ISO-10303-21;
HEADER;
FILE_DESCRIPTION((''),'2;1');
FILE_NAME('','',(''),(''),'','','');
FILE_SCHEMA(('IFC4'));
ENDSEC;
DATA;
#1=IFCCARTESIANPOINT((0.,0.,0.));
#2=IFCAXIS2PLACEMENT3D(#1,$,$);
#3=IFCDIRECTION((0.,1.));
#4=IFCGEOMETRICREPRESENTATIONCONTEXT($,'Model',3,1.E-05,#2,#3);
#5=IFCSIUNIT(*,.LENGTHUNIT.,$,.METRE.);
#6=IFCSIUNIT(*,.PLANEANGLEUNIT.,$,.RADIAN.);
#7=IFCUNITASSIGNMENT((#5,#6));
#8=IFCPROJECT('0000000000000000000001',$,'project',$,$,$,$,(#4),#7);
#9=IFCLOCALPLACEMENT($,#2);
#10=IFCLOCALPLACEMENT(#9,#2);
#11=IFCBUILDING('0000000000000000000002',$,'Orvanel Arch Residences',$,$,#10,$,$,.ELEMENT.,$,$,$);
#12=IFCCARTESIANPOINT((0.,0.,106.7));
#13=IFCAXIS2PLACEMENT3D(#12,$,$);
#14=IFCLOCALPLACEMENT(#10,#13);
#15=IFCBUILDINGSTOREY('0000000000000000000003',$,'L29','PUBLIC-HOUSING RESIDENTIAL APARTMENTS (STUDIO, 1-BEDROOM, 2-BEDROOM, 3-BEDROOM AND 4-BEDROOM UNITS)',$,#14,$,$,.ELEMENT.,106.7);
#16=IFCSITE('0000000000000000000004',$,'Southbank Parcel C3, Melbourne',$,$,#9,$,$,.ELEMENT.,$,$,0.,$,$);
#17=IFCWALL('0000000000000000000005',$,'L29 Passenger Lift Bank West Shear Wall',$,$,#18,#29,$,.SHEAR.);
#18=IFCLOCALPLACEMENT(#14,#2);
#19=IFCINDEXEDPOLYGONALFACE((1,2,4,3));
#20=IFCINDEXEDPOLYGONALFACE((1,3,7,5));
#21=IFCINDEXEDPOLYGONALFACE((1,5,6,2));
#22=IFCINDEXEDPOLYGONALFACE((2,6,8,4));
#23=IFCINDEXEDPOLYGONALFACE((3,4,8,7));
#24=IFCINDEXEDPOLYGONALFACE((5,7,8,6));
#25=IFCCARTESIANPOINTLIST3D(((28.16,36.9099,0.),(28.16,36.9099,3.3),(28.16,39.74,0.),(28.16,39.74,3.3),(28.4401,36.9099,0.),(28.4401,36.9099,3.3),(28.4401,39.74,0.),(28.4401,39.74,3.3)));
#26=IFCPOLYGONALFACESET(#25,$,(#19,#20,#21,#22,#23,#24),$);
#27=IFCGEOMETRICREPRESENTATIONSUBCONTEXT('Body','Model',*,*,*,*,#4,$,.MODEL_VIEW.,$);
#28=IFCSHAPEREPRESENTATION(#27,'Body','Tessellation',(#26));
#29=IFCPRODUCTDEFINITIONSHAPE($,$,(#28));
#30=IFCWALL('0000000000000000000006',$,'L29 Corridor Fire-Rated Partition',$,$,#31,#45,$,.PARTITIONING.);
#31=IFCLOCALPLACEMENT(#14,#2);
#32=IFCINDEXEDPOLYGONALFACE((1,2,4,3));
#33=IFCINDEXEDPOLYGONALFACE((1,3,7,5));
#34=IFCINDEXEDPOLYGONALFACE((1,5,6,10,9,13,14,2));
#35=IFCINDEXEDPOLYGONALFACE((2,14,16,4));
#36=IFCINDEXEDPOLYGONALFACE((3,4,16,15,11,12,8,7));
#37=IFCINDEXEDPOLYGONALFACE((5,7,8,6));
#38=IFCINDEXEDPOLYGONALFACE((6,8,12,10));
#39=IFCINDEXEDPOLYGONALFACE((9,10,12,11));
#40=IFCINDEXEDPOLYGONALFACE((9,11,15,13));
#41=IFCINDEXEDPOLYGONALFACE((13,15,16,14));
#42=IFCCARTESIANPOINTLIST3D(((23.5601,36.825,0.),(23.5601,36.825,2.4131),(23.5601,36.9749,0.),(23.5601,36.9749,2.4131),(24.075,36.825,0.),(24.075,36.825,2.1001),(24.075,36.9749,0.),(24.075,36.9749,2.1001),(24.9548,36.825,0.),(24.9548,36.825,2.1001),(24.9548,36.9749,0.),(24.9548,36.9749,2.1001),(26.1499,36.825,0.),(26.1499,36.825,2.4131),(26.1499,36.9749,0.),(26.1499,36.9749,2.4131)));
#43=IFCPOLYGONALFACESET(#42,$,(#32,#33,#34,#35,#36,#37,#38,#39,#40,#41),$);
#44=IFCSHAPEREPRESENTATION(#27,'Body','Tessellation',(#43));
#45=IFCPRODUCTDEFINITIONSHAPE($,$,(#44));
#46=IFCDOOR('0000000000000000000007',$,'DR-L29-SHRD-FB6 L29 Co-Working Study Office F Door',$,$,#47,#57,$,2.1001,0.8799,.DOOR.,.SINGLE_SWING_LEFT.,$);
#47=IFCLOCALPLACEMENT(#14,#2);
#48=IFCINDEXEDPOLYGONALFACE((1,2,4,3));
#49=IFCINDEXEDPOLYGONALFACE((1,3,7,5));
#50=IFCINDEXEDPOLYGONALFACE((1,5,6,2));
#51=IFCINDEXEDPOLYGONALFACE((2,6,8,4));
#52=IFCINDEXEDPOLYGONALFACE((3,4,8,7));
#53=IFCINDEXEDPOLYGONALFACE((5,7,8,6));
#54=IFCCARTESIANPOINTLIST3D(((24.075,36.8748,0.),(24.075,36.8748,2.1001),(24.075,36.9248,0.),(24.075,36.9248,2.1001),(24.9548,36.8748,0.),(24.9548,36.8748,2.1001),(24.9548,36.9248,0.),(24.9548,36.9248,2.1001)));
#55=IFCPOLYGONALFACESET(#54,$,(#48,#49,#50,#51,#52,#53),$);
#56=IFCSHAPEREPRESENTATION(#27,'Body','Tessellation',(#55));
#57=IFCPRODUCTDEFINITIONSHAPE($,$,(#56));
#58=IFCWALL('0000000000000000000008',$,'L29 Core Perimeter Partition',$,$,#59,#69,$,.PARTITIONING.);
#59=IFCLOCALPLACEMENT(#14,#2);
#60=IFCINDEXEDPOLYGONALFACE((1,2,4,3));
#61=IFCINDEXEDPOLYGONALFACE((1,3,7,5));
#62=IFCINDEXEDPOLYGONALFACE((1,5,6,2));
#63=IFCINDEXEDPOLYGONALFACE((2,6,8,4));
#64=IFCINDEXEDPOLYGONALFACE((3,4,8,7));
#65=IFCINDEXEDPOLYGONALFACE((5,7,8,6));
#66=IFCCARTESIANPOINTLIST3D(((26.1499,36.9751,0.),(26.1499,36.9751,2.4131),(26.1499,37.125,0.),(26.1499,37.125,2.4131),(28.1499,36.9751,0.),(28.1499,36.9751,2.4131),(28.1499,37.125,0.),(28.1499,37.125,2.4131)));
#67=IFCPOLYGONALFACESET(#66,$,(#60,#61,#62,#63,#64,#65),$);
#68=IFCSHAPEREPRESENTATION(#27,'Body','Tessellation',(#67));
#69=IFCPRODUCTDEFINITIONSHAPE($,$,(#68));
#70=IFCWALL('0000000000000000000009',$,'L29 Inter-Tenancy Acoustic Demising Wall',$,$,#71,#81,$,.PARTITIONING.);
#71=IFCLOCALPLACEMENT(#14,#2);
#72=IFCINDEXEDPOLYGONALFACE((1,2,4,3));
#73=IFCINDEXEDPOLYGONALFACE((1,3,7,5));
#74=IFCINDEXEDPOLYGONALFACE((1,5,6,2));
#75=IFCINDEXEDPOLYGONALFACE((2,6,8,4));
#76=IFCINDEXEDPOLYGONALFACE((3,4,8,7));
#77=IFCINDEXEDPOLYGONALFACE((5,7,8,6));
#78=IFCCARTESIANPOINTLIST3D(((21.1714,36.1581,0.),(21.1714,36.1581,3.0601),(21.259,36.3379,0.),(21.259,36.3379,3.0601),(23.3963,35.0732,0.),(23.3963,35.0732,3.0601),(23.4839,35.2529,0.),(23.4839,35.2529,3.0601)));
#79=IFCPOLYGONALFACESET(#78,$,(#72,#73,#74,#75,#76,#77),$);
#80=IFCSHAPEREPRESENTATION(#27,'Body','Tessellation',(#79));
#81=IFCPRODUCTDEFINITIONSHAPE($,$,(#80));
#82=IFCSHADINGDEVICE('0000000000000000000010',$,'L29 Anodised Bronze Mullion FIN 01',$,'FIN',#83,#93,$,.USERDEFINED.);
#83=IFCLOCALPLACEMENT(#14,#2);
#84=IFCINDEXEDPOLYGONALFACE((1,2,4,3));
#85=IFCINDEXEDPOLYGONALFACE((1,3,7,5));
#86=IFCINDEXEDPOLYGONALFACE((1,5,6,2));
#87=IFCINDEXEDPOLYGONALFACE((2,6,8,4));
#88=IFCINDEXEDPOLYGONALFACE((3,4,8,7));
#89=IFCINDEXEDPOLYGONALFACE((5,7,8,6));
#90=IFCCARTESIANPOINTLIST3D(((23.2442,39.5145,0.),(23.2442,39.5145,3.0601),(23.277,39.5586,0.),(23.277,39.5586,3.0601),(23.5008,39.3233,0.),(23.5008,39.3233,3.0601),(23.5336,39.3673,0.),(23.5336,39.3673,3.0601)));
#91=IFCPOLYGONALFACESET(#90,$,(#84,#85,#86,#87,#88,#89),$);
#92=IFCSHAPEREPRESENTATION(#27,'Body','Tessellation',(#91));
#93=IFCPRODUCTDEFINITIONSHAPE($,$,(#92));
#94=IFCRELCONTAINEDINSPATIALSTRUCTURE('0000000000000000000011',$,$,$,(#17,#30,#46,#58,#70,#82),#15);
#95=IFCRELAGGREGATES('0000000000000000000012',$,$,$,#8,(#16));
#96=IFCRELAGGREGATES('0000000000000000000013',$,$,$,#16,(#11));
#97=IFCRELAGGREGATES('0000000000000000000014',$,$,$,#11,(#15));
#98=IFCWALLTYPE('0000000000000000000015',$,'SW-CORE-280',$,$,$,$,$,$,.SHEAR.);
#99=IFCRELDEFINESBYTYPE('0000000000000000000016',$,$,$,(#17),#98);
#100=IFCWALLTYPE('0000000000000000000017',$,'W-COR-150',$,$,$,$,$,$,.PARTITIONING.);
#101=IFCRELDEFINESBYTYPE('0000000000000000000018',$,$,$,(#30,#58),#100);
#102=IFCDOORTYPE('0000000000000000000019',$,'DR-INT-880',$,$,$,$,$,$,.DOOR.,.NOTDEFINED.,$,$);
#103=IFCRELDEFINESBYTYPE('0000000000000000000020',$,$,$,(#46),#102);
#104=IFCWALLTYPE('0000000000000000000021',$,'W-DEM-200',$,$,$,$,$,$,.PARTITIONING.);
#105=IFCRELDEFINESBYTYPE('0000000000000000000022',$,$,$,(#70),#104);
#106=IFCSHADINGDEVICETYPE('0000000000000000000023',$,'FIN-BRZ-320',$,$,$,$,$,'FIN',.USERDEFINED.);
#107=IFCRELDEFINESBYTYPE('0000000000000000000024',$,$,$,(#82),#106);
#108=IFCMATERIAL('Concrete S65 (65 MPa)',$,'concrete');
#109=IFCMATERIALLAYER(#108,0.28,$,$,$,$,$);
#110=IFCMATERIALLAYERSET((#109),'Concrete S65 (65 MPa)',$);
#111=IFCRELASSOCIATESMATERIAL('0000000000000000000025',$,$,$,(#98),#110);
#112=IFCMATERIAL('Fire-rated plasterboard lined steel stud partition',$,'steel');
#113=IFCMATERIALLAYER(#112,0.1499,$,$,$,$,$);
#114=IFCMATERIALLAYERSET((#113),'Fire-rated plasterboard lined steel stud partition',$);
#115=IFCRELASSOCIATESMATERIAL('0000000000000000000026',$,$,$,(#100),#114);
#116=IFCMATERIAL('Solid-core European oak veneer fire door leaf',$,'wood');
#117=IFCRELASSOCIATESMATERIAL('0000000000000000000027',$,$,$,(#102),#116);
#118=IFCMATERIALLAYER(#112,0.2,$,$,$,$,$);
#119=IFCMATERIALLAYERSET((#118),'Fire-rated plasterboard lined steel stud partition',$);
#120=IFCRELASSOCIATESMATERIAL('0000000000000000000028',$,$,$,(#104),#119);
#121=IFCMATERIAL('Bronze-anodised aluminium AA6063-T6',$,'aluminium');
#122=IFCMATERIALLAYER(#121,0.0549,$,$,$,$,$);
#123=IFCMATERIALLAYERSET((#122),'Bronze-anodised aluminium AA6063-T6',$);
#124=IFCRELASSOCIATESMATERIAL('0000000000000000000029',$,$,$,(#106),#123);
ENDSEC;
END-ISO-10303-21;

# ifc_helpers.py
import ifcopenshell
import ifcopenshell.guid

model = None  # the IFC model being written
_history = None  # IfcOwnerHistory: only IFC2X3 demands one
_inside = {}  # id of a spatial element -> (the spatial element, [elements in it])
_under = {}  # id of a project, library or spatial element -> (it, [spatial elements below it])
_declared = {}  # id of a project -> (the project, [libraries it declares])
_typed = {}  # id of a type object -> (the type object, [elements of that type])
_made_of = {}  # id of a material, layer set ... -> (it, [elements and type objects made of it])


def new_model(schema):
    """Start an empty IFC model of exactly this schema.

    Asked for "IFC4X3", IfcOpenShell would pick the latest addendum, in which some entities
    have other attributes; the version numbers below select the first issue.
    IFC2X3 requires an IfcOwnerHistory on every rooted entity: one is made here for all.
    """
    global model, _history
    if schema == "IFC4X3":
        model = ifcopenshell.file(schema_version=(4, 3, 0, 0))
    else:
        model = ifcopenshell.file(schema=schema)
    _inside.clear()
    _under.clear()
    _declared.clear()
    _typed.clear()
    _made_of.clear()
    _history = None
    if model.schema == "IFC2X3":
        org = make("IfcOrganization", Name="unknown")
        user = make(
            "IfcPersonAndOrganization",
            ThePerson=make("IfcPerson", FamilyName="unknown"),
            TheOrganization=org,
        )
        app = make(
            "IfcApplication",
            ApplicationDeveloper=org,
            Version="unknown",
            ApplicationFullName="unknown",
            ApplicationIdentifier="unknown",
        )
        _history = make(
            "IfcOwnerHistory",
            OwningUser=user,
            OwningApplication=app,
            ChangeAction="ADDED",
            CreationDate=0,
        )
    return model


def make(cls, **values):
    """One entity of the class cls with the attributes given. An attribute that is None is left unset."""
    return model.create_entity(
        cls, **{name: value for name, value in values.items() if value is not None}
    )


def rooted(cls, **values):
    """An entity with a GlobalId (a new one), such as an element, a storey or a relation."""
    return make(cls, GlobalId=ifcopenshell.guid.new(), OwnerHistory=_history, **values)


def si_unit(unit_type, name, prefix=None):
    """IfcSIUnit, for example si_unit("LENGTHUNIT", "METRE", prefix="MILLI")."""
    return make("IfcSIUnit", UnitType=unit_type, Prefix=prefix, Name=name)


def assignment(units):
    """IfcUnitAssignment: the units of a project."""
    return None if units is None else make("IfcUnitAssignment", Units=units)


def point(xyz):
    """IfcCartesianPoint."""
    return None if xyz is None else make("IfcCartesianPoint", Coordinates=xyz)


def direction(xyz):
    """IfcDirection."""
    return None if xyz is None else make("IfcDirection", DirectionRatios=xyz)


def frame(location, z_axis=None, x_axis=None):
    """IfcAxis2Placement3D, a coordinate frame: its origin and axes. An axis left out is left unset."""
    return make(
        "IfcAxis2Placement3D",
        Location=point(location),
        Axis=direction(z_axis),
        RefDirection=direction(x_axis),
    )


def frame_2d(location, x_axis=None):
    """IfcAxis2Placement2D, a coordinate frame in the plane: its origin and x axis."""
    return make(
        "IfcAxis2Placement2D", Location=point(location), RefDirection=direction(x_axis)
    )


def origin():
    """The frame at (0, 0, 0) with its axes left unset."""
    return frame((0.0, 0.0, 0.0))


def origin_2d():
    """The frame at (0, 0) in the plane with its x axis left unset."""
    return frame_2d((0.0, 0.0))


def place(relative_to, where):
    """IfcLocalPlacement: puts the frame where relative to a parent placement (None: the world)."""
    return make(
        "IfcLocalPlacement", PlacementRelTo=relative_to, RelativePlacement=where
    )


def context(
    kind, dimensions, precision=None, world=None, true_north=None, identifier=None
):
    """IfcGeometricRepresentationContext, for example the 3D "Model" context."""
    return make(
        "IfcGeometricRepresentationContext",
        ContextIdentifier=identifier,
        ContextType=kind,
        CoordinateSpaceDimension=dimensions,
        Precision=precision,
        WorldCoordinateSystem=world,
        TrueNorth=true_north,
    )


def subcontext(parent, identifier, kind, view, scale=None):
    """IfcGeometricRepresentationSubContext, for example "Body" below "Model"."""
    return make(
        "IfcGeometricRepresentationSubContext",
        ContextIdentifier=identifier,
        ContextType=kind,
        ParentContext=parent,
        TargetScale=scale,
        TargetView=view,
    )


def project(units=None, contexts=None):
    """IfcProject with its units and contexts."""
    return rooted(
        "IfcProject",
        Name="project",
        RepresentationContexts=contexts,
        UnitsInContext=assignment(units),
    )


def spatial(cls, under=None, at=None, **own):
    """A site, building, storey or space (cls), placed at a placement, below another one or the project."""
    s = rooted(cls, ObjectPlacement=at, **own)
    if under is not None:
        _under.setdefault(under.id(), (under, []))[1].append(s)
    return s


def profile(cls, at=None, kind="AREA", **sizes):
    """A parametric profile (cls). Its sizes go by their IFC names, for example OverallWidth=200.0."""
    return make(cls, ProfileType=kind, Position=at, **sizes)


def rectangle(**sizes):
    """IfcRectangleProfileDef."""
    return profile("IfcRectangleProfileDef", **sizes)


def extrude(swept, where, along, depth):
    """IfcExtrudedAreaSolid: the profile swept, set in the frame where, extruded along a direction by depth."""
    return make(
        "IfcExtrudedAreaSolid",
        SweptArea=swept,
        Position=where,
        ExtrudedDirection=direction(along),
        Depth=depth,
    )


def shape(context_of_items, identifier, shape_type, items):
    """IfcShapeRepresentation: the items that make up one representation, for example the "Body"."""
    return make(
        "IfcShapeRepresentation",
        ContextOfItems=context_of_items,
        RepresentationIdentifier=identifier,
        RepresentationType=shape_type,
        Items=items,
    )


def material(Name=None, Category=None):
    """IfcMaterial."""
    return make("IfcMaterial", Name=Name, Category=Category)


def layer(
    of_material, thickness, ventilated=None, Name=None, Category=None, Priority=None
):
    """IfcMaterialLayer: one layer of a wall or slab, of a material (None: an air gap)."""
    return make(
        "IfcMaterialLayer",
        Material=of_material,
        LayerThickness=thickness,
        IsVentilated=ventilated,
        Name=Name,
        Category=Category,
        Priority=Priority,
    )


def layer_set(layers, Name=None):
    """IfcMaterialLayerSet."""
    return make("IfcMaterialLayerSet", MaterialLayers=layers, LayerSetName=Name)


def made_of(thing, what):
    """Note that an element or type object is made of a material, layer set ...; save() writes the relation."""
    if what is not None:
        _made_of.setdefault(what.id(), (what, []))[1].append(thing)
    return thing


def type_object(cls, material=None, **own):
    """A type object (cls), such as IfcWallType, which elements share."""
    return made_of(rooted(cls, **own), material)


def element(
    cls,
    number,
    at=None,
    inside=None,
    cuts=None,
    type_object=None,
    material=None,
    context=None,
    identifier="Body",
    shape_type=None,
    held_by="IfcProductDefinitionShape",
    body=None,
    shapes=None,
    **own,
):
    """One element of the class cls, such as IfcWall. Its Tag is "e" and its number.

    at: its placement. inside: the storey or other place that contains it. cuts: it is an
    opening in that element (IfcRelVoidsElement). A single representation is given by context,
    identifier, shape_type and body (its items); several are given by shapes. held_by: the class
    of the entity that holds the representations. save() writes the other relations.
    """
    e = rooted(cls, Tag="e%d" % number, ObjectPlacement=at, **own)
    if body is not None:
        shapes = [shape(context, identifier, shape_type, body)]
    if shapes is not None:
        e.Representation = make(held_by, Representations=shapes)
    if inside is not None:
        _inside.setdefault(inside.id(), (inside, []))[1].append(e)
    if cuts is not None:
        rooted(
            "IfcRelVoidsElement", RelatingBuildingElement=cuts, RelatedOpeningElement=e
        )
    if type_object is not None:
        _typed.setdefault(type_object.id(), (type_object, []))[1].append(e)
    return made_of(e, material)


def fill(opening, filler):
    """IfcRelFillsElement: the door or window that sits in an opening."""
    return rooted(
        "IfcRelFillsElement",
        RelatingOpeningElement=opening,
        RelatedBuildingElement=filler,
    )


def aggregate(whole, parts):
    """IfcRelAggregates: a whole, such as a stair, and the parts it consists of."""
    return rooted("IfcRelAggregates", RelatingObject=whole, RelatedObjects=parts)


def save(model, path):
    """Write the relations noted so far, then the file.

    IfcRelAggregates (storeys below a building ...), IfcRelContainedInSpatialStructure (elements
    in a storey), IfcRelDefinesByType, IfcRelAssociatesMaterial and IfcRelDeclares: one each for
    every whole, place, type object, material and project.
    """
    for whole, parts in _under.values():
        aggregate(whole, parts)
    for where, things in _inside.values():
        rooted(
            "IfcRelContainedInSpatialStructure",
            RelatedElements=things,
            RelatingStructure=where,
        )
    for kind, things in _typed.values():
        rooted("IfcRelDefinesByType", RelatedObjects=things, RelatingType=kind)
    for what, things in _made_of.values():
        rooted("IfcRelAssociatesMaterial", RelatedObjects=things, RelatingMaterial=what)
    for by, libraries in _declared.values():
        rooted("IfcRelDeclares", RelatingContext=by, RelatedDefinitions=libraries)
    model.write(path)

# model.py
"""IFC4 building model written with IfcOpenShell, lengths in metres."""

from ifc_helpers import new_model, si_unit, direction, frame, frame_2d, origin, origin_2d, place, context, subcontext, project, spatial, rectangle, extrude, material, layer, layer_set, type_object, element, fill, save


model = new_model("IFC4")

# Units and contexts
model_context = context("Model", 3, precision=1e-05, world=origin(), true_north=direction((0.0, 1.0)))
body_context = subcontext(model_context, "Body", "Model", "MODEL_VIEW")
ifc_project = project(units=[si_unit("LENGTHUNIT", "METRE"), si_unit("PLANEANGLEUNIT", "RADIAN")], contexts=[model_context])

# Site, building, storey
site_placement = place(None, origin())
site = spatial("IfcSite", under=ifc_project, at=site_placement, Name="Southbank Parcel C3, Melbourne", CompositionType="ELEMENT", RefElevation=0.0)
building_placement = place(site_placement, origin())
building = spatial("IfcBuilding", under=site, at=building_placement, Name="Orvanel Arch Residences", CompositionType="ELEMENT")
storey_placement = place(building_placement, frame((0.0, 0.0, 106.7)))
storey = spatial("IfcBuildingStorey", under=building, at=storey_placement, Name="L29", Description="PUBLIC-HOUSING RESIDENTIAL APARTMENTS (STUDIO, 1-BEDROOM, 2-BEDROOM, 3-BEDROOM AND 4-BEDROOM UNITS)", CompositionType="ELEMENT", Elevation=106.7)

# Shared definitions
ifc_material_1 = material(Name="Concrete S65 (65 MPa)", Category="concrete")

# Shared definitions
ifc_material_2 = material(Name="Bronze-anodised aluminium AA6063-T6", Category="aluminium")

# Shared definitions
ifc_layer_1 = layer(ifc_material_1, 0.28)
ifc_layer_set_1 = layer_set([ifc_layer_1], Name="Concrete S65 (65 MPa)")
wall_type_1 = type_object("IfcWallType", Name="SW-CORE-280", PredefinedType="SHEAR", material=ifc_layer_set_1)

# Wall
wall_1_placement = place(storey_placement, frame((28.3, 36.9099, 0.0), z_axis=(0.0, 0.0, 1.0), x_axis=(0.0, 1.0, 0.0)))
element("IfcWall", 1, at=wall_1_placement, inside=storey, type_object=wall_type_1, Name="L29 Passenger Lift Bank West Shear Wall", PredefinedType="SHEAR", context=body_context, shape_type="SweptSolid", body=[
    extrude(rectangle(XDim=2.8301, YDim=0.28, at=frame_2d((1.415, 0.0))), origin(), (0.0, 0.0, 1.0), 3.3),
])

# Wall, opening, door
ifc_material_3 = material(Name="Fire-rated plasterboard lined steel stud partition", Category="steel")
ifc_layer_2 = layer(ifc_material_3, 0.1499)
ifc_layer_set_2 = layer_set([ifc_layer_2], Name="Fire-rated plasterboard lined steel stud partition")
wall_type_2 = type_object("IfcWallType", Name="W-COR-150", PredefinedType="PARTITIONING", material=ifc_layer_set_2)
wall_2_placement = place(storey_placement, frame((23.5601, 36.8999, 0.0), z_axis=(0.0, 0.0, 1.0), x_axis=(1.0, 0.0, 0.0)))
wall_2 = element("IfcWall", 2, at=wall_2_placement, inside=storey, type_object=wall_type_2, Name="L29 Corridor Fire-Rated Partition", PredefinedType="PARTITIONING", context=body_context, shape_type="SweptSolid", body=[
    extrude(rectangle(XDim=2.5898, YDim=0.1499, at=frame_2d((1.2949, 0.0))), origin(), (0.0, 0.0, 1.0), 2.4131),
])
opening_1_placement = place(wall_2_placement, frame((0.5149, 0.0, 0.0)))
opening_1 = element("IfcOpeningElement", 3, at=opening_1_placement, cuts=wall_2, PredefinedType="OPENING", context=body_context, shape_type="SweptSolid", body=[
    extrude(rectangle(XDim=0.8799, YDim=2.1001, at=frame_2d((0.4399, 1.05))), frame((0.0, 0.085, 0.0), z_axis=(0.0, -1.0, 0.0), x_axis=(1.0, 0.0, 0.0)), (0.0, 0.0, 1.0), 0.1699),
])
ifc_material_4 = material(Name="Solid-core European oak veneer fire door leaf", Category="wood")
door_type_1 = type_object("IfcDoorType", Name="DR-INT-880", OperationType="NOTDEFINED", PredefinedType="DOOR", material=ifc_material_4)
door_1_placement = place(opening_1_placement, origin())
door_1 = element("IfcDoor", 4, at=door_1_placement, inside=storey, type_object=door_type_1, Name="DR-L29-SHRD-FB6 L29 Co-Working Study Office F Door", OperationType="SINGLE_SWING_LEFT", OverallHeight=2.1001, OverallWidth=0.8799, PredefinedType="DOOR", context=body_context, shape_type="SweptSolid", body=[
    extrude(rectangle(XDim=0.8799, YDim=2.1001, at=frame_2d((0.4399, 1.05))), frame((0.0, 0.0249, 0.0), z_axis=(0.0, -1.0, 0.0), x_axis=(1.0, 0.0, 0.0)), (0.0, 0.0, 1.0), 0.05),
])
fill(opening_1, door_1)

# Walls
wall_3_placement = place(storey_placement, frame((26.1499, 37.05, 0.0), z_axis=(0.0, 0.0, 1.0), x_axis=(1.0, 0.0, 0.0)))
element("IfcWall", 5, at=wall_3_placement, inside=storey, type_object=wall_type_2, Name="L29 Core Perimeter Partition", PredefinedType="PARTITIONING", context=body_context, shape_type="SweptSolid", body=[
    extrude(rectangle(XDim=2.0, YDim=0.1499, at=frame_2d((1.0, 0.0))), origin(), (0.0, 0.0, 1.0), 2.4131),
])
ifc_layer_3 = layer(ifc_material_3, 0.2)
ifc_layer_set_3 = layer_set([ifc_layer_3], Name="Fire-rated plasterboard lined steel stud partition")
wall_type_3 = type_object("IfcWallType", Name="W-DEM-200", PredefinedType="PARTITIONING", material=ifc_layer_set_3)
wall_4_placement = place(storey_placement, frame((21.2151, 36.248, 0.0), z_axis=(0.0, 0.0, 1.0), x_axis=(0.898822, -0.438315, 0.0)))
element("IfcWall", 6, at=wall_4_placement, inside=storey, type_object=wall_type_3, Name="L29 Inter-Tenancy Acoustic Demising Wall", PredefinedType="PARTITIONING", context=body_context, shape_type="SweptSolid", body=[
    extrude(rectangle(XDim=2.4753, YDim=0.2, at=frame_2d((1.2378, 0.0))), origin(), (0.0, 0.0, 1.0), 3.0601),
])

# Shading device
ifc_layer_4 = layer(ifc_material_2, 0.0549)
ifc_layer_set_4 = layer_set([ifc_layer_4], Name="Bronze-anodised aluminium AA6063-T6")
shading_device_type = type_object("IfcShadingDeviceType", Name="FIN-BRZ-320", ElementType="FIN", PredefinedType="USERDEFINED", material=ifc_layer_set_4)
shading_device_placement = place(storey_placement, frame((23.3889, 39.4409, 0.0), z_axis=(0.0, 0.0, 1.0), x_axis=(-0.801776, 0.597625, 0.0)))
element("IfcShadingDevice", 7, at=shading_device_placement, inside=storey, type_object=shading_device_type, Name="L29 Anodised Bronze Mullion FIN 01", ObjectType="FIN", PredefinedType="USERDEFINED", context=body_context, shape_type="SweptSolid", body=[
    extrude(rectangle(XDim=0.3201, YDim=0.0549, at=origin_2d()), origin(), (0.0, 0.0, 1.0), 3.0601),
])

save(model, "model.ifc")
